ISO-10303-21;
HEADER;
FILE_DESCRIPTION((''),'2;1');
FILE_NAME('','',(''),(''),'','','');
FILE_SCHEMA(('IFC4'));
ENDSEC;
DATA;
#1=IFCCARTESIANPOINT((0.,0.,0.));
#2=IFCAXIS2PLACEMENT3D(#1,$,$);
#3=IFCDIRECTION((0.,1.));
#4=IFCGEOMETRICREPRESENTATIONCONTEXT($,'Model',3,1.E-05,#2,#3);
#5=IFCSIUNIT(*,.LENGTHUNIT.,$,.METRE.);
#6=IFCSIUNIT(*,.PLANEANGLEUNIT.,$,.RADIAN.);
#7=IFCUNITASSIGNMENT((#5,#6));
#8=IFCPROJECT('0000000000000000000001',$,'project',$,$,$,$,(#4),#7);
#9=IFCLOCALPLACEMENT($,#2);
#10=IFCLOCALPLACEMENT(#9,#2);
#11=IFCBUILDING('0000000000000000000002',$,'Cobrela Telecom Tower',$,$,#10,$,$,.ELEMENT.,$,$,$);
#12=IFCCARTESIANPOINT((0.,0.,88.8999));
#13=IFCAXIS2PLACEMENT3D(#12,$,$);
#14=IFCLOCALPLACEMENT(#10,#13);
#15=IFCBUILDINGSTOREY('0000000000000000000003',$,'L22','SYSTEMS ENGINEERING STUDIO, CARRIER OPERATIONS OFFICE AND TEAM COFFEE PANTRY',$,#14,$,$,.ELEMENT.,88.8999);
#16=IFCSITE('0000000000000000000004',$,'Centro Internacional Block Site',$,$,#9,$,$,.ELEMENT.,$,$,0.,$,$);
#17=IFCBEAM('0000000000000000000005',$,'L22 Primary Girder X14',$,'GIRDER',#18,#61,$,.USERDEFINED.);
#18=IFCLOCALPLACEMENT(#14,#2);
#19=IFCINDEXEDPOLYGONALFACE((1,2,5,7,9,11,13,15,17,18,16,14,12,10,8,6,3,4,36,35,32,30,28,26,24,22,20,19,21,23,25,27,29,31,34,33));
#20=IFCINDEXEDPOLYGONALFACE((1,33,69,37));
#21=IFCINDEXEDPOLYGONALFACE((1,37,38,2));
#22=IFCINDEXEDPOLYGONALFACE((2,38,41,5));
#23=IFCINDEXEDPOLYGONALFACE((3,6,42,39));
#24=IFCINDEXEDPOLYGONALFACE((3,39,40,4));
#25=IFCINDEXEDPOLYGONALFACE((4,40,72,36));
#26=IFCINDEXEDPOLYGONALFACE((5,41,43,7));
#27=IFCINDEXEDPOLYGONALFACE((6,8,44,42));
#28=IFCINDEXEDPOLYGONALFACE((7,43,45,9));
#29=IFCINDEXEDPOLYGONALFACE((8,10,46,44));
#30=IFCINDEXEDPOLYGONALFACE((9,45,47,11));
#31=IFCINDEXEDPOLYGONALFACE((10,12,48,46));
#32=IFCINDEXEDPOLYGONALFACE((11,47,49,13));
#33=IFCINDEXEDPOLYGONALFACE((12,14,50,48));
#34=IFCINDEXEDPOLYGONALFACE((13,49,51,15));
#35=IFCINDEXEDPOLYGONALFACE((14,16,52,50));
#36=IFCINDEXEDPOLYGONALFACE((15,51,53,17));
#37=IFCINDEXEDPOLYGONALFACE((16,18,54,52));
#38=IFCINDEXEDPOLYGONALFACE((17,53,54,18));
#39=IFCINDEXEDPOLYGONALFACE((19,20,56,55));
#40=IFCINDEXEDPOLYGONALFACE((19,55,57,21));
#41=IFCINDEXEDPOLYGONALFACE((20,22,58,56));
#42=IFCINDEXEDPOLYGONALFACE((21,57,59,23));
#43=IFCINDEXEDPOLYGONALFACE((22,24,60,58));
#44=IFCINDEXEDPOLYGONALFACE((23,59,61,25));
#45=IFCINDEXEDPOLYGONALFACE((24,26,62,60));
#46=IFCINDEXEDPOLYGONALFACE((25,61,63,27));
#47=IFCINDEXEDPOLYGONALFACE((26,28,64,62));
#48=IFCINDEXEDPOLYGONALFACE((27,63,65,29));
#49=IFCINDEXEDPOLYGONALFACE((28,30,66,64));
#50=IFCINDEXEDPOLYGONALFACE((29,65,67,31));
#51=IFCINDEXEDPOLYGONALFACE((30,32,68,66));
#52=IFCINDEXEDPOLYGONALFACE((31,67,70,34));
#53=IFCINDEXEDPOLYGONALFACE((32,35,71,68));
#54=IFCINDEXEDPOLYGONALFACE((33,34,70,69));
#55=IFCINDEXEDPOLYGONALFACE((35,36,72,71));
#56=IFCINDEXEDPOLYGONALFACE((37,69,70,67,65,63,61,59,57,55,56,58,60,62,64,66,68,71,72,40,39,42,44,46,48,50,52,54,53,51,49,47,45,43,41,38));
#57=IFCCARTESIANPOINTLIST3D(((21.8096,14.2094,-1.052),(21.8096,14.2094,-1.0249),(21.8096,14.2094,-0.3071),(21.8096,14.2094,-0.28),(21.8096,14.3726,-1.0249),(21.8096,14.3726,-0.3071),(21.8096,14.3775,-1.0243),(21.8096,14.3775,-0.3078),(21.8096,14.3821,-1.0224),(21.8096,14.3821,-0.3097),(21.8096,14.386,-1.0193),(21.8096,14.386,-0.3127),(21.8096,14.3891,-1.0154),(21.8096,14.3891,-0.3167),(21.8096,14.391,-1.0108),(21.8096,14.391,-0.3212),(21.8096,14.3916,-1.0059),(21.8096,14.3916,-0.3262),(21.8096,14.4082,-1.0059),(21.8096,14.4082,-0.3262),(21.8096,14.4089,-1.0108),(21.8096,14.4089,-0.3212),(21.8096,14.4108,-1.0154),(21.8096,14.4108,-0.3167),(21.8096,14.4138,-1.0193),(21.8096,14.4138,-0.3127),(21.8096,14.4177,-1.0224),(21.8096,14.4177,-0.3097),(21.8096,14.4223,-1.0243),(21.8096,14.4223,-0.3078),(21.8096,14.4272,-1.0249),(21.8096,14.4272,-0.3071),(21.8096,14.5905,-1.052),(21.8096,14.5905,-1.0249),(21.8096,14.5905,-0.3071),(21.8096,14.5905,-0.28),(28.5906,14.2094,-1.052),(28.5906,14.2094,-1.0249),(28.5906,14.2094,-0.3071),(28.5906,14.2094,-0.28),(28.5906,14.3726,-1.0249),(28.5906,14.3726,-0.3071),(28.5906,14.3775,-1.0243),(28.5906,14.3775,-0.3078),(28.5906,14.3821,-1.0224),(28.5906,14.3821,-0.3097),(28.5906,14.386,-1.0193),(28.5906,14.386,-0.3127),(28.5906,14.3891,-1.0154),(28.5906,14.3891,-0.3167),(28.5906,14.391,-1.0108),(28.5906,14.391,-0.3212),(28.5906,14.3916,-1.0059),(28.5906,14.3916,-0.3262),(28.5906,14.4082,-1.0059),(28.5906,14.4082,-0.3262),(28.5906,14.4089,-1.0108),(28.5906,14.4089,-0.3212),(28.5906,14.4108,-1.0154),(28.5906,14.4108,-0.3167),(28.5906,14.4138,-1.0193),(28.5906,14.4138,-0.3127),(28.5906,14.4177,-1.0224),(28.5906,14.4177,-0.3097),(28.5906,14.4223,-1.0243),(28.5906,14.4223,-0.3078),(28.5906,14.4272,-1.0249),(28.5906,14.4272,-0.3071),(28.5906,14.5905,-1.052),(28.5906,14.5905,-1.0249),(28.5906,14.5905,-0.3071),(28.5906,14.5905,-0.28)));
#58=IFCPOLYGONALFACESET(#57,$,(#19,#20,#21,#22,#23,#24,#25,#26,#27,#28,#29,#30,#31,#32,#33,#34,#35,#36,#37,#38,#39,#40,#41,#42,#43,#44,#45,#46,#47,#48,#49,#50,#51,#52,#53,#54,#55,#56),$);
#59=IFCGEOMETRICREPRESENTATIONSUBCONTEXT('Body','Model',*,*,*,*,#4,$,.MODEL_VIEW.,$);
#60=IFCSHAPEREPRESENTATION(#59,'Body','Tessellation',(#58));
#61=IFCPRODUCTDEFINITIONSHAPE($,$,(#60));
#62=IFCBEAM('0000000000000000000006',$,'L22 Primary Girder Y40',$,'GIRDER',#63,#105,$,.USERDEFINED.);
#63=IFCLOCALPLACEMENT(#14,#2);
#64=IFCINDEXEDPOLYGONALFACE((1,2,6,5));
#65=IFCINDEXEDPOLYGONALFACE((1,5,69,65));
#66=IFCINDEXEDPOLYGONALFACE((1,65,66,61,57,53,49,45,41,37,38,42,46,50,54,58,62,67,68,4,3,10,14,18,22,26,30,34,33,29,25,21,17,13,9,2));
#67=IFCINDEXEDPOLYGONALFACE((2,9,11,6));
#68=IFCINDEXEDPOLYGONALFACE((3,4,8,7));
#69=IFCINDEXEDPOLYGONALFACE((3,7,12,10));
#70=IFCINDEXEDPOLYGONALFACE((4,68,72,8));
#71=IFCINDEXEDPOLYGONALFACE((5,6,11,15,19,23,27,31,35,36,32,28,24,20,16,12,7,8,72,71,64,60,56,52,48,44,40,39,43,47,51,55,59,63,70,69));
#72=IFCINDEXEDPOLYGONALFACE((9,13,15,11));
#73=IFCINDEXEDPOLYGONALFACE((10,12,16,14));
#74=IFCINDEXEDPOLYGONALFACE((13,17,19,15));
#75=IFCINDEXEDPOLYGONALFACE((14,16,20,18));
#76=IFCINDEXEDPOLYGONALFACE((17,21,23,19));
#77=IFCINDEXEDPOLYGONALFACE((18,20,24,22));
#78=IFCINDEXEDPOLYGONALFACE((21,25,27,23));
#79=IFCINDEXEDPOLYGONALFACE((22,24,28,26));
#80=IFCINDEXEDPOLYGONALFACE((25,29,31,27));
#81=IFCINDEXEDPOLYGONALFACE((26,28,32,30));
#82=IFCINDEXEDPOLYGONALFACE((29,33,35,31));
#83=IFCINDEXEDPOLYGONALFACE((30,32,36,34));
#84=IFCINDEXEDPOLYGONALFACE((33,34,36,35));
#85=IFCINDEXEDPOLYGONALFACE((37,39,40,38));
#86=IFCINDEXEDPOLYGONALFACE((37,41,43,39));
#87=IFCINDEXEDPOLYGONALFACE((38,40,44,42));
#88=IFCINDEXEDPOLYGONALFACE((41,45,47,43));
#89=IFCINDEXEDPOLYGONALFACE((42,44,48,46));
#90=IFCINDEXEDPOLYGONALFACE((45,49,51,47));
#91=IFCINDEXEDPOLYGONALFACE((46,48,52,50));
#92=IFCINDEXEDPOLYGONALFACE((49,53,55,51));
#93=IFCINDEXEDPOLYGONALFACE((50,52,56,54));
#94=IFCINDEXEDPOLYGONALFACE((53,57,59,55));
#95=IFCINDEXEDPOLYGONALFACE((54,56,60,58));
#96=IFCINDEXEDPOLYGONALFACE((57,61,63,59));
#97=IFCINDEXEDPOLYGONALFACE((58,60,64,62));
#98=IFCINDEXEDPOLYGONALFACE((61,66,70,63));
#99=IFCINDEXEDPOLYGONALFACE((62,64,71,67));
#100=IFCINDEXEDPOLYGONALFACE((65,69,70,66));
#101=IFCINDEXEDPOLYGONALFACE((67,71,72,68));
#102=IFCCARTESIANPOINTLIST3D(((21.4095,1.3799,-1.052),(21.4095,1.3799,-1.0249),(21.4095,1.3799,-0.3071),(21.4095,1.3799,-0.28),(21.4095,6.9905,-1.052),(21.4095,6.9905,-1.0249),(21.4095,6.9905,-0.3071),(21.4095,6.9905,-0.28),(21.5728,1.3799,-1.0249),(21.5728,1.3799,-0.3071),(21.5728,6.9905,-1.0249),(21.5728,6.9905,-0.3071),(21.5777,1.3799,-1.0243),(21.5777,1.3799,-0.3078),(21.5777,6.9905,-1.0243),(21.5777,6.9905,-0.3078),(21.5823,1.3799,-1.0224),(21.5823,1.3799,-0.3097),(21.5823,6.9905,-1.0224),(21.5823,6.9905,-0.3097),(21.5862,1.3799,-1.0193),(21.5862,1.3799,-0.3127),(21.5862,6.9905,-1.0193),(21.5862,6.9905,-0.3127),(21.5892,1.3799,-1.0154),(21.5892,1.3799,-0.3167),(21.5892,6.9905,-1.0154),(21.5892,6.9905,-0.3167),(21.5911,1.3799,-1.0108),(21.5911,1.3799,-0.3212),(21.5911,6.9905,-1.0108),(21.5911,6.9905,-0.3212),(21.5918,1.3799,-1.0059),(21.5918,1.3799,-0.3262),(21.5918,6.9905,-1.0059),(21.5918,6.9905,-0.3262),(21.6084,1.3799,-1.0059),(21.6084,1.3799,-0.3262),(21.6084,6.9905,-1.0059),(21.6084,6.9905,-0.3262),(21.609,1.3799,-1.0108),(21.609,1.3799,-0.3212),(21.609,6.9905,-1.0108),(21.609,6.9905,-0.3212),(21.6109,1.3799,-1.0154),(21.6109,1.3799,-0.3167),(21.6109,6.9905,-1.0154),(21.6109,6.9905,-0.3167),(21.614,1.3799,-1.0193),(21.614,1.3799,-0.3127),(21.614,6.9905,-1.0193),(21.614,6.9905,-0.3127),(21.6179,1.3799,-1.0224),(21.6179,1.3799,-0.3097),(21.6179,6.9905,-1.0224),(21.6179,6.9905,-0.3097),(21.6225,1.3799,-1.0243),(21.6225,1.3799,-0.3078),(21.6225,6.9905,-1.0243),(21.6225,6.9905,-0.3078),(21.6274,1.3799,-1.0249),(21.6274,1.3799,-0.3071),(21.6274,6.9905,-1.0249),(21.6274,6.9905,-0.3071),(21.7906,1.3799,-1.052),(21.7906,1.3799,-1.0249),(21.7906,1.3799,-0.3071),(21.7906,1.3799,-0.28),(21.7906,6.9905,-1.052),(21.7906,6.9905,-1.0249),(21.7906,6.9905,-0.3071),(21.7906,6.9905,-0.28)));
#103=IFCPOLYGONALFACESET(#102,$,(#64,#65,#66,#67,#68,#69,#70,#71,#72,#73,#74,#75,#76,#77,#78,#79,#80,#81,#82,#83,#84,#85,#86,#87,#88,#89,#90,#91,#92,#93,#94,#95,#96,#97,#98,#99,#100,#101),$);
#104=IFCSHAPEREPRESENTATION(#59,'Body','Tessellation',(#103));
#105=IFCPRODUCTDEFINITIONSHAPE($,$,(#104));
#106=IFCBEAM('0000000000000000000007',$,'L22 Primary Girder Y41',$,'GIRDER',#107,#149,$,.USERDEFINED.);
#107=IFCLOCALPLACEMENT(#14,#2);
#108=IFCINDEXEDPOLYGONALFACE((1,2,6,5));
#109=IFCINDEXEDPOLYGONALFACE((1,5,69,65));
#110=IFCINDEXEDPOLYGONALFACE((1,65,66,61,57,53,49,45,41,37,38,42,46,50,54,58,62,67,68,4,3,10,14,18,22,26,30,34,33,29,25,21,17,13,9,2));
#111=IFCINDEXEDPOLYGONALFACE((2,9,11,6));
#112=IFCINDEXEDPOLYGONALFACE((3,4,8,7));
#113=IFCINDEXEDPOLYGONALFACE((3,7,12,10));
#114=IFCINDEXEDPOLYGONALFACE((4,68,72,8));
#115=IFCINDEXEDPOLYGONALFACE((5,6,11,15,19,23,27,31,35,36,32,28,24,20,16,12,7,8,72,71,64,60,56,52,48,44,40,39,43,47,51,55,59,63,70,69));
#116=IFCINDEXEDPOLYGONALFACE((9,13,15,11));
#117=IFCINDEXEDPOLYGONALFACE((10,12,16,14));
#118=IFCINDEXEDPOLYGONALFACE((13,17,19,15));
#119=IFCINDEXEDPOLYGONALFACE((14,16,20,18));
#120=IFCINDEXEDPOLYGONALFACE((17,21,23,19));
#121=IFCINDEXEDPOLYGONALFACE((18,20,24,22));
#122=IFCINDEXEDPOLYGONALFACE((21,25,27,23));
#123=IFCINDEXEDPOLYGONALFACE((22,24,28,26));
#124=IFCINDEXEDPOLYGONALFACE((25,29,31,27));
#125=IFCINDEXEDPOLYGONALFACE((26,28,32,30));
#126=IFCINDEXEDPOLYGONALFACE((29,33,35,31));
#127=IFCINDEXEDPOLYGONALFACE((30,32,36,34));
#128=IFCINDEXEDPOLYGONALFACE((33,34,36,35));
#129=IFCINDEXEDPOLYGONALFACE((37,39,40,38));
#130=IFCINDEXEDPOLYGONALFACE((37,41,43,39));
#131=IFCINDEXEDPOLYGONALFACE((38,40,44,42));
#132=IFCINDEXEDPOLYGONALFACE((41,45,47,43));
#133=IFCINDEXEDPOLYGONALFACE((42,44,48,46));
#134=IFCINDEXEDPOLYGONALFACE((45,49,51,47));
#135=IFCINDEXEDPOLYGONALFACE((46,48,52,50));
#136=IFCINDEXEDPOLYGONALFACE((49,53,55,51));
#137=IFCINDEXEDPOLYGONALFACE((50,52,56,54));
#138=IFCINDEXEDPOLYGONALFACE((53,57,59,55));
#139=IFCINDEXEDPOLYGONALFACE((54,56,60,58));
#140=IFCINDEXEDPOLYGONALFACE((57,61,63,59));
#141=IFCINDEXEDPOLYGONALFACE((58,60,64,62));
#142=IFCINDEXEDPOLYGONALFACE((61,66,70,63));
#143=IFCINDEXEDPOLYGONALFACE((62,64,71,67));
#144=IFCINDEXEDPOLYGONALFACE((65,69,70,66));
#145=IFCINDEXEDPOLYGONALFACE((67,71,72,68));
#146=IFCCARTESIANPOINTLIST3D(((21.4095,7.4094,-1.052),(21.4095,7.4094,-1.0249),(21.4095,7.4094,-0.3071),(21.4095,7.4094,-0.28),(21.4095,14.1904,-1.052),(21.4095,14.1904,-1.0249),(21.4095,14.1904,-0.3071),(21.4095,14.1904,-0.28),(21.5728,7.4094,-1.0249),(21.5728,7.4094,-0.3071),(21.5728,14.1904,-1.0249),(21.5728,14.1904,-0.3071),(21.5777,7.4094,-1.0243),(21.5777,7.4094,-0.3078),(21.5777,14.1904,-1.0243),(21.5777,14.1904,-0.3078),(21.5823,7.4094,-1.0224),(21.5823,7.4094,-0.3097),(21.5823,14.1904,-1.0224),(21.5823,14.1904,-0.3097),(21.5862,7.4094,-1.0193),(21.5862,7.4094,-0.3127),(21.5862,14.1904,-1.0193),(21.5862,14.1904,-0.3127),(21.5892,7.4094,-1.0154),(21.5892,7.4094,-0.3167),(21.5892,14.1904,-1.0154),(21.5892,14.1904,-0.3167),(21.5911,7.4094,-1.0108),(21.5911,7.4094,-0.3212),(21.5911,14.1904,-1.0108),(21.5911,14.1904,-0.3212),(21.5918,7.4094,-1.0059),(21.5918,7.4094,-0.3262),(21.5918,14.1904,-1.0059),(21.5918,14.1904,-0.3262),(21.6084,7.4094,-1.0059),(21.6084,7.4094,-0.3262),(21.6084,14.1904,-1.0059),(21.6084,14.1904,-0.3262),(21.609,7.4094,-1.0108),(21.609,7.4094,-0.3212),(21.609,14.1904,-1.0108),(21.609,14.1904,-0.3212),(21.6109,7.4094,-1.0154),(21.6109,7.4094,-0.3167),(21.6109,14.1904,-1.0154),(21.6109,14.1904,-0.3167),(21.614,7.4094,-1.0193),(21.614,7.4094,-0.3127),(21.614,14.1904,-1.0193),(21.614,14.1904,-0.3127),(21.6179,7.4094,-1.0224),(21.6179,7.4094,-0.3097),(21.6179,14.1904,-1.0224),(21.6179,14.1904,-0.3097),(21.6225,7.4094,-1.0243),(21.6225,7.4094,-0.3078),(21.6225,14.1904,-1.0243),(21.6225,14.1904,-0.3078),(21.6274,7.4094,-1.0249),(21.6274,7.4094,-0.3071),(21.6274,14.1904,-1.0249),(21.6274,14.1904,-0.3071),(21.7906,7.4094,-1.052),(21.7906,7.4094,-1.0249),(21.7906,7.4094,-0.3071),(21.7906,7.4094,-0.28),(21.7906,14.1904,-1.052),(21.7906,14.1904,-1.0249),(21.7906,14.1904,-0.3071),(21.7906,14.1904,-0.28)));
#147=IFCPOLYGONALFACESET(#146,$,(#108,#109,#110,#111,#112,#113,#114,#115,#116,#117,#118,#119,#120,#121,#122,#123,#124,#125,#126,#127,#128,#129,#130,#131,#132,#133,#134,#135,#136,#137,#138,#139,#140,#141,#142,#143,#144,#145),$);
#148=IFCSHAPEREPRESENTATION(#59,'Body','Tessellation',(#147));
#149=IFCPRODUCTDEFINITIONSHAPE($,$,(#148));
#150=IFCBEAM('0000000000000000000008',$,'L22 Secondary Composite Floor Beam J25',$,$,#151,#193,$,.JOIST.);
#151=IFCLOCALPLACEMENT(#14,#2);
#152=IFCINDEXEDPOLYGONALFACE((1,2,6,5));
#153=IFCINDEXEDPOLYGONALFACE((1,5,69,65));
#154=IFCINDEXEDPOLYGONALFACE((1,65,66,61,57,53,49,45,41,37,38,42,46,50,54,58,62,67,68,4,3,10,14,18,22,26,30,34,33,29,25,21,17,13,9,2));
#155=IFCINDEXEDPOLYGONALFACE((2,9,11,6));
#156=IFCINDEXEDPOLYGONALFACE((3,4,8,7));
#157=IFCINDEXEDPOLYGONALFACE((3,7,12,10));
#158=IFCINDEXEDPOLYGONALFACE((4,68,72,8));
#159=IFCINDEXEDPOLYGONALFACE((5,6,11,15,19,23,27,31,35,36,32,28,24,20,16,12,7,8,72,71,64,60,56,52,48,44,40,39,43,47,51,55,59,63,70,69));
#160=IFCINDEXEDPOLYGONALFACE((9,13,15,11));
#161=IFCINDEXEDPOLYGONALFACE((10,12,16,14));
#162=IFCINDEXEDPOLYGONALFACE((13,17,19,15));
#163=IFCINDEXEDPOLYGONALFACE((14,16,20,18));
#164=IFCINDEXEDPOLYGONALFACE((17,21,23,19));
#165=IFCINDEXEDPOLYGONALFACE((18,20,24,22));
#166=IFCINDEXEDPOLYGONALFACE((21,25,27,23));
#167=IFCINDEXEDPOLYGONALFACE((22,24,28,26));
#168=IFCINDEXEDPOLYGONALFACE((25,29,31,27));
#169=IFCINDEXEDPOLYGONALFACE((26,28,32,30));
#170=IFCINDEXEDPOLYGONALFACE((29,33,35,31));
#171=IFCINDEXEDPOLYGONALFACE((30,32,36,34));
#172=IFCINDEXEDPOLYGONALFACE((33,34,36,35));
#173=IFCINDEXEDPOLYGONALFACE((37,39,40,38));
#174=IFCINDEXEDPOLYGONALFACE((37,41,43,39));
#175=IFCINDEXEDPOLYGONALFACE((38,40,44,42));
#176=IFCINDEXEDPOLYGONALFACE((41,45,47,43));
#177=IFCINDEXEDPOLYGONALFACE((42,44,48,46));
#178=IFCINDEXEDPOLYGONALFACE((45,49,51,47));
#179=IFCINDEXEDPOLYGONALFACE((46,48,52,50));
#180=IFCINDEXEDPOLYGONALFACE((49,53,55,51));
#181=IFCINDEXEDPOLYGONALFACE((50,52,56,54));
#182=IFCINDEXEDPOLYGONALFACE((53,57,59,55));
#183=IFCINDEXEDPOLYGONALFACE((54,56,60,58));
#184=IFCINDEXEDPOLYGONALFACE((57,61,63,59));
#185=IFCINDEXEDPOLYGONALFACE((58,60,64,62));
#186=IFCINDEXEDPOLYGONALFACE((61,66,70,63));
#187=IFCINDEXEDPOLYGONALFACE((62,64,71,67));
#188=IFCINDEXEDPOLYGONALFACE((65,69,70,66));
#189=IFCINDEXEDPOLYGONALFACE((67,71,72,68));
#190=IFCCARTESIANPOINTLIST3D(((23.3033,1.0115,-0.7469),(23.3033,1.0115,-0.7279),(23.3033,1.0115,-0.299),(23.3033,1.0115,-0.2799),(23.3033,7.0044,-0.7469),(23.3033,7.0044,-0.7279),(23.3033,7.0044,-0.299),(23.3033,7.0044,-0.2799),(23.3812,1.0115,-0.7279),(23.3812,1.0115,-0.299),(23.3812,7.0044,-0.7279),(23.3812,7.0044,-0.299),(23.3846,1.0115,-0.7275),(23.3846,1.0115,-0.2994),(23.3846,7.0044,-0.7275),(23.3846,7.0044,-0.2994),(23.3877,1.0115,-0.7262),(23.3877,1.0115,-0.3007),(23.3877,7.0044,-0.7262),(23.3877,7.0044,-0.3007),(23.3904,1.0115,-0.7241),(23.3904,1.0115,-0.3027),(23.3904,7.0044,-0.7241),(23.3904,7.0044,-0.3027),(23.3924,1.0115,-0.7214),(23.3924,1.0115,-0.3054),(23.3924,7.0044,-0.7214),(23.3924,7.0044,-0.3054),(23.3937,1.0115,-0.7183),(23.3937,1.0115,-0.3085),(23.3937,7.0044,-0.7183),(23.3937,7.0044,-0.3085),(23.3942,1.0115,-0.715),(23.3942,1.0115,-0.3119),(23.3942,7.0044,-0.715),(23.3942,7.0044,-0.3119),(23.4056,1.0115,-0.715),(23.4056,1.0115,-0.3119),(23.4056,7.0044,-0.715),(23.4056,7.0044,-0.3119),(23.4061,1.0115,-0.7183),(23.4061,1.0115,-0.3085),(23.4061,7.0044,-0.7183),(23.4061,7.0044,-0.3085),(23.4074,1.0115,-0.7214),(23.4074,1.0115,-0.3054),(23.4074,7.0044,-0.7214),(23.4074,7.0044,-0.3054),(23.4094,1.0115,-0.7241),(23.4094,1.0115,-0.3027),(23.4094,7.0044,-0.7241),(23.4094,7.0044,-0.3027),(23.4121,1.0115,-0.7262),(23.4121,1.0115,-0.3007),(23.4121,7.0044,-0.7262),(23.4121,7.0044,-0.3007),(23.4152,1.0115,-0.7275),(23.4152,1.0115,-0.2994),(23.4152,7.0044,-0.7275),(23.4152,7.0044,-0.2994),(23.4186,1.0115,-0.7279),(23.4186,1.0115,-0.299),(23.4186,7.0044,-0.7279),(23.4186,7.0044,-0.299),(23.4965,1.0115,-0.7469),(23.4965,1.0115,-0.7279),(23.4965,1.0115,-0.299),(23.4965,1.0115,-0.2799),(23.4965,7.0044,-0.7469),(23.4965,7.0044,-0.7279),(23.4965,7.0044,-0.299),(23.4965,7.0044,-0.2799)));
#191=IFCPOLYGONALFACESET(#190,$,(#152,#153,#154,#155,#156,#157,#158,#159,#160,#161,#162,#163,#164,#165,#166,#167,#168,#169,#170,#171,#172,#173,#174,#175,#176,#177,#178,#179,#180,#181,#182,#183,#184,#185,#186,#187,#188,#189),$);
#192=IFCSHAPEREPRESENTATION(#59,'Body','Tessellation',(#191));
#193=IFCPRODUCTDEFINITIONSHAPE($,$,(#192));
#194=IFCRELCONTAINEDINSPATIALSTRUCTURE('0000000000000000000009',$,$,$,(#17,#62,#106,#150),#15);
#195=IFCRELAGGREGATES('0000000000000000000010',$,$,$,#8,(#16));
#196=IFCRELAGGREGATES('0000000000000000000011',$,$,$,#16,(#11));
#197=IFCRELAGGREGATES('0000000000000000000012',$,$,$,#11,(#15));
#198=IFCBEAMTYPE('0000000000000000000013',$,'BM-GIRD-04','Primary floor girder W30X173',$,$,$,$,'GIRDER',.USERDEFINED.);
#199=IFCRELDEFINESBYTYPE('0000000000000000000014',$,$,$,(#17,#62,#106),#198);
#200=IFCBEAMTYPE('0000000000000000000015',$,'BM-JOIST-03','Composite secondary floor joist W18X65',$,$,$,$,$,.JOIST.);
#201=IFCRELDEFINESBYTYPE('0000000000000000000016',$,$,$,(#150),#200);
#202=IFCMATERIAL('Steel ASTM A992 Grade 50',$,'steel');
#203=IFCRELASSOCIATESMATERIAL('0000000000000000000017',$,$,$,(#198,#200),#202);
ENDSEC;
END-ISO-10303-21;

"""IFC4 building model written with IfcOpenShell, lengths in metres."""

from ifc_helpers import new_model, si_unit, direction, frame, origin, origin_2d, place, context, subcontext, project, spatial, i_section, extrude, material, material_profile, profile_set, type_object, element, save


model = new_model("IFC4")

# Units and contexts
model_context = context("Model", 3, precision=1e-05, world=origin(), true_north=direction((0.0, 1.0)))
body_context = subcontext(model_context, "Body", "Model", "MODEL_VIEW")
ifc_project = project(units=[si_unit("LENGTHUNIT", "METRE"), si_unit("PLANEANGLEUNIT", "RADIAN")], contexts=[model_context])

# Site, building, storey
site_placement = place(None, origin())
site = spatial("IfcSite", under=ifc_project, at=site_placement, Name="Centro Internacional Block Site", CompositionType="ELEMENT", RefElevation=0.0)
building_placement = place(site_placement, origin())
building = spatial("IfcBuilding", under=site, at=building_placement, Name="Cobrela Telecom Tower", CompositionType="ELEMENT")
storey_placement = place(building_placement, frame((0.0, 0.0, 88.8999)))
storey = spatial("IfcBuildingStorey", under=building, at=storey_placement, Name="L22", Description="SYSTEMS ENGINEERING STUDIO, CARRIER OPERATIONS OFFICE AND TEAM COFFEE PANTRY", CompositionType="ELEMENT", Elevation=88.8999)

# Shared definitions
ifc_material_1 = material(Name="Steel ASTM A992 Grade 50", Category="steel")

# Beams
ifc_material_profile_1 = material_profile(ifc_material_1, i_section(OverallWidth=0.3811, OverallDepth=0.772, WebThickness=0.0166, FlangeThickness=0.0271, FilletRadius=0.019, at=origin_2d()), Name="W30X173")
ifc_profile_set_1 = profile_set([ifc_material_profile_1], Name="Steel ASTM A992 Grade 50")
beam_type_1 = type_object("IfcBeamType", Name="BM-GIRD-04", Description="Primary floor girder W30X173", ElementType="GIRDER", PredefinedType="USERDEFINED", material=ifc_profile_set_1)
for number, where, z_axis, x_axis, name in (
    (1, (21.8096, 14.3999, -0.666), (1.0, 0.0, 0.0), (0.0, 1.0, 0.0), "L22 Primary Girder X14"),
):
    element("IfcBeam", number, at=place(storey_placement, frame(where, z_axis=z_axis, x_axis=x_axis)), inside=storey, type_object=beam_type_1, Name=name, ObjectType="GIRDER", PredefinedType="USERDEFINED", context=body_context, shape_type="SweptSolid", body=[
        extrude(i_section(OverallWidth=0.3811, OverallDepth=0.772, WebThickness=0.0166, FlangeThickness=0.0271, FilletRadius=0.019, at=origin_2d()), origin(), (0.0, 0.0, 1.0), 6.781),
    ])
beam_1_placement = place(storey_placement, frame((21.6001, 1.3799, -0.666), z_axis=(0.0, 1.0, 0.0), x_axis=(-1.0, 0.0, 0.0)))
element("IfcBeam", 2, at=beam_1_placement, inside=storey, type_object=beam_type_1, Name="L22 Primary Girder Y40", ObjectType="GIRDER", PredefinedType="USERDEFINED", context=body_context, shape_type="SweptSolid", body=[
    extrude(i_section(OverallWidth=0.3811, OverallDepth=0.772, WebThickness=0.0166, FlangeThickness=0.0271, FilletRadius=0.019, at=origin_2d()), origin(), (0.0, 0.0, 1.0), 5.6106),
])
beam_2_placement = place(storey_placement, frame((21.6001, 7.4094, -0.666), z_axis=(0.0, 1.0, 0.0), x_axis=(-1.0, 0.0, 0.0)))
element("IfcBeam", 3, at=beam_2_placement, inside=storey, type_object=beam_type_1, Name="L22 Primary Girder Y41", ObjectType="GIRDER", PredefinedType="USERDEFINED", context=body_context, shape_type="SweptSolid", body=[
    extrude(i_section(OverallWidth=0.3811, OverallDepth=0.772, WebThickness=0.0166, FlangeThickness=0.0271, FilletRadius=0.019, at=origin_2d()), origin(), (0.0, 0.0, 1.0), 6.781),
])
ifc_material_profile_2 = material_profile(ifc_material_1, i_section(OverallWidth=0.1931, OverallDepth=0.467, WebThickness=0.0115, FlangeThickness=0.019, FilletRadius=0.0129, at=origin_2d()), Name="W18X65")
ifc_profile_set_2 = profile_set([ifc_material_profile_2], Name="Steel ASTM A992 Grade 50")
beam_type_2 = type_object("IfcBeamType", Name="BM-JOIST-03", Description="Composite secondary floor joist W18X65", PredefinedType="JOIST", material=ifc_profile_set_2)
beam_3_placement = place(storey_placement, frame((23.3999, 1.0115, -0.5134), z_axis=(0.0, 1.0, 0.0), x_axis=(-1.0, 0.0, 0.0)))
element("IfcBeam", 4, at=beam_3_placement, inside=storey, type_object=beam_type_2, Name="L22 Secondary Composite Floor Beam J25", PredefinedType="JOIST", context=body_context, shape_type="SweptSolid", body=[
    extrude(i_section(OverallWidth=0.1931, OverallDepth=0.467, WebThickness=0.0115, FlangeThickness=0.019, FilletRadius=0.0129, at=origin_2d()), origin(), (0.0, 0.0, 1.0), 5.9929),
])

save(model, "model.ifc")
